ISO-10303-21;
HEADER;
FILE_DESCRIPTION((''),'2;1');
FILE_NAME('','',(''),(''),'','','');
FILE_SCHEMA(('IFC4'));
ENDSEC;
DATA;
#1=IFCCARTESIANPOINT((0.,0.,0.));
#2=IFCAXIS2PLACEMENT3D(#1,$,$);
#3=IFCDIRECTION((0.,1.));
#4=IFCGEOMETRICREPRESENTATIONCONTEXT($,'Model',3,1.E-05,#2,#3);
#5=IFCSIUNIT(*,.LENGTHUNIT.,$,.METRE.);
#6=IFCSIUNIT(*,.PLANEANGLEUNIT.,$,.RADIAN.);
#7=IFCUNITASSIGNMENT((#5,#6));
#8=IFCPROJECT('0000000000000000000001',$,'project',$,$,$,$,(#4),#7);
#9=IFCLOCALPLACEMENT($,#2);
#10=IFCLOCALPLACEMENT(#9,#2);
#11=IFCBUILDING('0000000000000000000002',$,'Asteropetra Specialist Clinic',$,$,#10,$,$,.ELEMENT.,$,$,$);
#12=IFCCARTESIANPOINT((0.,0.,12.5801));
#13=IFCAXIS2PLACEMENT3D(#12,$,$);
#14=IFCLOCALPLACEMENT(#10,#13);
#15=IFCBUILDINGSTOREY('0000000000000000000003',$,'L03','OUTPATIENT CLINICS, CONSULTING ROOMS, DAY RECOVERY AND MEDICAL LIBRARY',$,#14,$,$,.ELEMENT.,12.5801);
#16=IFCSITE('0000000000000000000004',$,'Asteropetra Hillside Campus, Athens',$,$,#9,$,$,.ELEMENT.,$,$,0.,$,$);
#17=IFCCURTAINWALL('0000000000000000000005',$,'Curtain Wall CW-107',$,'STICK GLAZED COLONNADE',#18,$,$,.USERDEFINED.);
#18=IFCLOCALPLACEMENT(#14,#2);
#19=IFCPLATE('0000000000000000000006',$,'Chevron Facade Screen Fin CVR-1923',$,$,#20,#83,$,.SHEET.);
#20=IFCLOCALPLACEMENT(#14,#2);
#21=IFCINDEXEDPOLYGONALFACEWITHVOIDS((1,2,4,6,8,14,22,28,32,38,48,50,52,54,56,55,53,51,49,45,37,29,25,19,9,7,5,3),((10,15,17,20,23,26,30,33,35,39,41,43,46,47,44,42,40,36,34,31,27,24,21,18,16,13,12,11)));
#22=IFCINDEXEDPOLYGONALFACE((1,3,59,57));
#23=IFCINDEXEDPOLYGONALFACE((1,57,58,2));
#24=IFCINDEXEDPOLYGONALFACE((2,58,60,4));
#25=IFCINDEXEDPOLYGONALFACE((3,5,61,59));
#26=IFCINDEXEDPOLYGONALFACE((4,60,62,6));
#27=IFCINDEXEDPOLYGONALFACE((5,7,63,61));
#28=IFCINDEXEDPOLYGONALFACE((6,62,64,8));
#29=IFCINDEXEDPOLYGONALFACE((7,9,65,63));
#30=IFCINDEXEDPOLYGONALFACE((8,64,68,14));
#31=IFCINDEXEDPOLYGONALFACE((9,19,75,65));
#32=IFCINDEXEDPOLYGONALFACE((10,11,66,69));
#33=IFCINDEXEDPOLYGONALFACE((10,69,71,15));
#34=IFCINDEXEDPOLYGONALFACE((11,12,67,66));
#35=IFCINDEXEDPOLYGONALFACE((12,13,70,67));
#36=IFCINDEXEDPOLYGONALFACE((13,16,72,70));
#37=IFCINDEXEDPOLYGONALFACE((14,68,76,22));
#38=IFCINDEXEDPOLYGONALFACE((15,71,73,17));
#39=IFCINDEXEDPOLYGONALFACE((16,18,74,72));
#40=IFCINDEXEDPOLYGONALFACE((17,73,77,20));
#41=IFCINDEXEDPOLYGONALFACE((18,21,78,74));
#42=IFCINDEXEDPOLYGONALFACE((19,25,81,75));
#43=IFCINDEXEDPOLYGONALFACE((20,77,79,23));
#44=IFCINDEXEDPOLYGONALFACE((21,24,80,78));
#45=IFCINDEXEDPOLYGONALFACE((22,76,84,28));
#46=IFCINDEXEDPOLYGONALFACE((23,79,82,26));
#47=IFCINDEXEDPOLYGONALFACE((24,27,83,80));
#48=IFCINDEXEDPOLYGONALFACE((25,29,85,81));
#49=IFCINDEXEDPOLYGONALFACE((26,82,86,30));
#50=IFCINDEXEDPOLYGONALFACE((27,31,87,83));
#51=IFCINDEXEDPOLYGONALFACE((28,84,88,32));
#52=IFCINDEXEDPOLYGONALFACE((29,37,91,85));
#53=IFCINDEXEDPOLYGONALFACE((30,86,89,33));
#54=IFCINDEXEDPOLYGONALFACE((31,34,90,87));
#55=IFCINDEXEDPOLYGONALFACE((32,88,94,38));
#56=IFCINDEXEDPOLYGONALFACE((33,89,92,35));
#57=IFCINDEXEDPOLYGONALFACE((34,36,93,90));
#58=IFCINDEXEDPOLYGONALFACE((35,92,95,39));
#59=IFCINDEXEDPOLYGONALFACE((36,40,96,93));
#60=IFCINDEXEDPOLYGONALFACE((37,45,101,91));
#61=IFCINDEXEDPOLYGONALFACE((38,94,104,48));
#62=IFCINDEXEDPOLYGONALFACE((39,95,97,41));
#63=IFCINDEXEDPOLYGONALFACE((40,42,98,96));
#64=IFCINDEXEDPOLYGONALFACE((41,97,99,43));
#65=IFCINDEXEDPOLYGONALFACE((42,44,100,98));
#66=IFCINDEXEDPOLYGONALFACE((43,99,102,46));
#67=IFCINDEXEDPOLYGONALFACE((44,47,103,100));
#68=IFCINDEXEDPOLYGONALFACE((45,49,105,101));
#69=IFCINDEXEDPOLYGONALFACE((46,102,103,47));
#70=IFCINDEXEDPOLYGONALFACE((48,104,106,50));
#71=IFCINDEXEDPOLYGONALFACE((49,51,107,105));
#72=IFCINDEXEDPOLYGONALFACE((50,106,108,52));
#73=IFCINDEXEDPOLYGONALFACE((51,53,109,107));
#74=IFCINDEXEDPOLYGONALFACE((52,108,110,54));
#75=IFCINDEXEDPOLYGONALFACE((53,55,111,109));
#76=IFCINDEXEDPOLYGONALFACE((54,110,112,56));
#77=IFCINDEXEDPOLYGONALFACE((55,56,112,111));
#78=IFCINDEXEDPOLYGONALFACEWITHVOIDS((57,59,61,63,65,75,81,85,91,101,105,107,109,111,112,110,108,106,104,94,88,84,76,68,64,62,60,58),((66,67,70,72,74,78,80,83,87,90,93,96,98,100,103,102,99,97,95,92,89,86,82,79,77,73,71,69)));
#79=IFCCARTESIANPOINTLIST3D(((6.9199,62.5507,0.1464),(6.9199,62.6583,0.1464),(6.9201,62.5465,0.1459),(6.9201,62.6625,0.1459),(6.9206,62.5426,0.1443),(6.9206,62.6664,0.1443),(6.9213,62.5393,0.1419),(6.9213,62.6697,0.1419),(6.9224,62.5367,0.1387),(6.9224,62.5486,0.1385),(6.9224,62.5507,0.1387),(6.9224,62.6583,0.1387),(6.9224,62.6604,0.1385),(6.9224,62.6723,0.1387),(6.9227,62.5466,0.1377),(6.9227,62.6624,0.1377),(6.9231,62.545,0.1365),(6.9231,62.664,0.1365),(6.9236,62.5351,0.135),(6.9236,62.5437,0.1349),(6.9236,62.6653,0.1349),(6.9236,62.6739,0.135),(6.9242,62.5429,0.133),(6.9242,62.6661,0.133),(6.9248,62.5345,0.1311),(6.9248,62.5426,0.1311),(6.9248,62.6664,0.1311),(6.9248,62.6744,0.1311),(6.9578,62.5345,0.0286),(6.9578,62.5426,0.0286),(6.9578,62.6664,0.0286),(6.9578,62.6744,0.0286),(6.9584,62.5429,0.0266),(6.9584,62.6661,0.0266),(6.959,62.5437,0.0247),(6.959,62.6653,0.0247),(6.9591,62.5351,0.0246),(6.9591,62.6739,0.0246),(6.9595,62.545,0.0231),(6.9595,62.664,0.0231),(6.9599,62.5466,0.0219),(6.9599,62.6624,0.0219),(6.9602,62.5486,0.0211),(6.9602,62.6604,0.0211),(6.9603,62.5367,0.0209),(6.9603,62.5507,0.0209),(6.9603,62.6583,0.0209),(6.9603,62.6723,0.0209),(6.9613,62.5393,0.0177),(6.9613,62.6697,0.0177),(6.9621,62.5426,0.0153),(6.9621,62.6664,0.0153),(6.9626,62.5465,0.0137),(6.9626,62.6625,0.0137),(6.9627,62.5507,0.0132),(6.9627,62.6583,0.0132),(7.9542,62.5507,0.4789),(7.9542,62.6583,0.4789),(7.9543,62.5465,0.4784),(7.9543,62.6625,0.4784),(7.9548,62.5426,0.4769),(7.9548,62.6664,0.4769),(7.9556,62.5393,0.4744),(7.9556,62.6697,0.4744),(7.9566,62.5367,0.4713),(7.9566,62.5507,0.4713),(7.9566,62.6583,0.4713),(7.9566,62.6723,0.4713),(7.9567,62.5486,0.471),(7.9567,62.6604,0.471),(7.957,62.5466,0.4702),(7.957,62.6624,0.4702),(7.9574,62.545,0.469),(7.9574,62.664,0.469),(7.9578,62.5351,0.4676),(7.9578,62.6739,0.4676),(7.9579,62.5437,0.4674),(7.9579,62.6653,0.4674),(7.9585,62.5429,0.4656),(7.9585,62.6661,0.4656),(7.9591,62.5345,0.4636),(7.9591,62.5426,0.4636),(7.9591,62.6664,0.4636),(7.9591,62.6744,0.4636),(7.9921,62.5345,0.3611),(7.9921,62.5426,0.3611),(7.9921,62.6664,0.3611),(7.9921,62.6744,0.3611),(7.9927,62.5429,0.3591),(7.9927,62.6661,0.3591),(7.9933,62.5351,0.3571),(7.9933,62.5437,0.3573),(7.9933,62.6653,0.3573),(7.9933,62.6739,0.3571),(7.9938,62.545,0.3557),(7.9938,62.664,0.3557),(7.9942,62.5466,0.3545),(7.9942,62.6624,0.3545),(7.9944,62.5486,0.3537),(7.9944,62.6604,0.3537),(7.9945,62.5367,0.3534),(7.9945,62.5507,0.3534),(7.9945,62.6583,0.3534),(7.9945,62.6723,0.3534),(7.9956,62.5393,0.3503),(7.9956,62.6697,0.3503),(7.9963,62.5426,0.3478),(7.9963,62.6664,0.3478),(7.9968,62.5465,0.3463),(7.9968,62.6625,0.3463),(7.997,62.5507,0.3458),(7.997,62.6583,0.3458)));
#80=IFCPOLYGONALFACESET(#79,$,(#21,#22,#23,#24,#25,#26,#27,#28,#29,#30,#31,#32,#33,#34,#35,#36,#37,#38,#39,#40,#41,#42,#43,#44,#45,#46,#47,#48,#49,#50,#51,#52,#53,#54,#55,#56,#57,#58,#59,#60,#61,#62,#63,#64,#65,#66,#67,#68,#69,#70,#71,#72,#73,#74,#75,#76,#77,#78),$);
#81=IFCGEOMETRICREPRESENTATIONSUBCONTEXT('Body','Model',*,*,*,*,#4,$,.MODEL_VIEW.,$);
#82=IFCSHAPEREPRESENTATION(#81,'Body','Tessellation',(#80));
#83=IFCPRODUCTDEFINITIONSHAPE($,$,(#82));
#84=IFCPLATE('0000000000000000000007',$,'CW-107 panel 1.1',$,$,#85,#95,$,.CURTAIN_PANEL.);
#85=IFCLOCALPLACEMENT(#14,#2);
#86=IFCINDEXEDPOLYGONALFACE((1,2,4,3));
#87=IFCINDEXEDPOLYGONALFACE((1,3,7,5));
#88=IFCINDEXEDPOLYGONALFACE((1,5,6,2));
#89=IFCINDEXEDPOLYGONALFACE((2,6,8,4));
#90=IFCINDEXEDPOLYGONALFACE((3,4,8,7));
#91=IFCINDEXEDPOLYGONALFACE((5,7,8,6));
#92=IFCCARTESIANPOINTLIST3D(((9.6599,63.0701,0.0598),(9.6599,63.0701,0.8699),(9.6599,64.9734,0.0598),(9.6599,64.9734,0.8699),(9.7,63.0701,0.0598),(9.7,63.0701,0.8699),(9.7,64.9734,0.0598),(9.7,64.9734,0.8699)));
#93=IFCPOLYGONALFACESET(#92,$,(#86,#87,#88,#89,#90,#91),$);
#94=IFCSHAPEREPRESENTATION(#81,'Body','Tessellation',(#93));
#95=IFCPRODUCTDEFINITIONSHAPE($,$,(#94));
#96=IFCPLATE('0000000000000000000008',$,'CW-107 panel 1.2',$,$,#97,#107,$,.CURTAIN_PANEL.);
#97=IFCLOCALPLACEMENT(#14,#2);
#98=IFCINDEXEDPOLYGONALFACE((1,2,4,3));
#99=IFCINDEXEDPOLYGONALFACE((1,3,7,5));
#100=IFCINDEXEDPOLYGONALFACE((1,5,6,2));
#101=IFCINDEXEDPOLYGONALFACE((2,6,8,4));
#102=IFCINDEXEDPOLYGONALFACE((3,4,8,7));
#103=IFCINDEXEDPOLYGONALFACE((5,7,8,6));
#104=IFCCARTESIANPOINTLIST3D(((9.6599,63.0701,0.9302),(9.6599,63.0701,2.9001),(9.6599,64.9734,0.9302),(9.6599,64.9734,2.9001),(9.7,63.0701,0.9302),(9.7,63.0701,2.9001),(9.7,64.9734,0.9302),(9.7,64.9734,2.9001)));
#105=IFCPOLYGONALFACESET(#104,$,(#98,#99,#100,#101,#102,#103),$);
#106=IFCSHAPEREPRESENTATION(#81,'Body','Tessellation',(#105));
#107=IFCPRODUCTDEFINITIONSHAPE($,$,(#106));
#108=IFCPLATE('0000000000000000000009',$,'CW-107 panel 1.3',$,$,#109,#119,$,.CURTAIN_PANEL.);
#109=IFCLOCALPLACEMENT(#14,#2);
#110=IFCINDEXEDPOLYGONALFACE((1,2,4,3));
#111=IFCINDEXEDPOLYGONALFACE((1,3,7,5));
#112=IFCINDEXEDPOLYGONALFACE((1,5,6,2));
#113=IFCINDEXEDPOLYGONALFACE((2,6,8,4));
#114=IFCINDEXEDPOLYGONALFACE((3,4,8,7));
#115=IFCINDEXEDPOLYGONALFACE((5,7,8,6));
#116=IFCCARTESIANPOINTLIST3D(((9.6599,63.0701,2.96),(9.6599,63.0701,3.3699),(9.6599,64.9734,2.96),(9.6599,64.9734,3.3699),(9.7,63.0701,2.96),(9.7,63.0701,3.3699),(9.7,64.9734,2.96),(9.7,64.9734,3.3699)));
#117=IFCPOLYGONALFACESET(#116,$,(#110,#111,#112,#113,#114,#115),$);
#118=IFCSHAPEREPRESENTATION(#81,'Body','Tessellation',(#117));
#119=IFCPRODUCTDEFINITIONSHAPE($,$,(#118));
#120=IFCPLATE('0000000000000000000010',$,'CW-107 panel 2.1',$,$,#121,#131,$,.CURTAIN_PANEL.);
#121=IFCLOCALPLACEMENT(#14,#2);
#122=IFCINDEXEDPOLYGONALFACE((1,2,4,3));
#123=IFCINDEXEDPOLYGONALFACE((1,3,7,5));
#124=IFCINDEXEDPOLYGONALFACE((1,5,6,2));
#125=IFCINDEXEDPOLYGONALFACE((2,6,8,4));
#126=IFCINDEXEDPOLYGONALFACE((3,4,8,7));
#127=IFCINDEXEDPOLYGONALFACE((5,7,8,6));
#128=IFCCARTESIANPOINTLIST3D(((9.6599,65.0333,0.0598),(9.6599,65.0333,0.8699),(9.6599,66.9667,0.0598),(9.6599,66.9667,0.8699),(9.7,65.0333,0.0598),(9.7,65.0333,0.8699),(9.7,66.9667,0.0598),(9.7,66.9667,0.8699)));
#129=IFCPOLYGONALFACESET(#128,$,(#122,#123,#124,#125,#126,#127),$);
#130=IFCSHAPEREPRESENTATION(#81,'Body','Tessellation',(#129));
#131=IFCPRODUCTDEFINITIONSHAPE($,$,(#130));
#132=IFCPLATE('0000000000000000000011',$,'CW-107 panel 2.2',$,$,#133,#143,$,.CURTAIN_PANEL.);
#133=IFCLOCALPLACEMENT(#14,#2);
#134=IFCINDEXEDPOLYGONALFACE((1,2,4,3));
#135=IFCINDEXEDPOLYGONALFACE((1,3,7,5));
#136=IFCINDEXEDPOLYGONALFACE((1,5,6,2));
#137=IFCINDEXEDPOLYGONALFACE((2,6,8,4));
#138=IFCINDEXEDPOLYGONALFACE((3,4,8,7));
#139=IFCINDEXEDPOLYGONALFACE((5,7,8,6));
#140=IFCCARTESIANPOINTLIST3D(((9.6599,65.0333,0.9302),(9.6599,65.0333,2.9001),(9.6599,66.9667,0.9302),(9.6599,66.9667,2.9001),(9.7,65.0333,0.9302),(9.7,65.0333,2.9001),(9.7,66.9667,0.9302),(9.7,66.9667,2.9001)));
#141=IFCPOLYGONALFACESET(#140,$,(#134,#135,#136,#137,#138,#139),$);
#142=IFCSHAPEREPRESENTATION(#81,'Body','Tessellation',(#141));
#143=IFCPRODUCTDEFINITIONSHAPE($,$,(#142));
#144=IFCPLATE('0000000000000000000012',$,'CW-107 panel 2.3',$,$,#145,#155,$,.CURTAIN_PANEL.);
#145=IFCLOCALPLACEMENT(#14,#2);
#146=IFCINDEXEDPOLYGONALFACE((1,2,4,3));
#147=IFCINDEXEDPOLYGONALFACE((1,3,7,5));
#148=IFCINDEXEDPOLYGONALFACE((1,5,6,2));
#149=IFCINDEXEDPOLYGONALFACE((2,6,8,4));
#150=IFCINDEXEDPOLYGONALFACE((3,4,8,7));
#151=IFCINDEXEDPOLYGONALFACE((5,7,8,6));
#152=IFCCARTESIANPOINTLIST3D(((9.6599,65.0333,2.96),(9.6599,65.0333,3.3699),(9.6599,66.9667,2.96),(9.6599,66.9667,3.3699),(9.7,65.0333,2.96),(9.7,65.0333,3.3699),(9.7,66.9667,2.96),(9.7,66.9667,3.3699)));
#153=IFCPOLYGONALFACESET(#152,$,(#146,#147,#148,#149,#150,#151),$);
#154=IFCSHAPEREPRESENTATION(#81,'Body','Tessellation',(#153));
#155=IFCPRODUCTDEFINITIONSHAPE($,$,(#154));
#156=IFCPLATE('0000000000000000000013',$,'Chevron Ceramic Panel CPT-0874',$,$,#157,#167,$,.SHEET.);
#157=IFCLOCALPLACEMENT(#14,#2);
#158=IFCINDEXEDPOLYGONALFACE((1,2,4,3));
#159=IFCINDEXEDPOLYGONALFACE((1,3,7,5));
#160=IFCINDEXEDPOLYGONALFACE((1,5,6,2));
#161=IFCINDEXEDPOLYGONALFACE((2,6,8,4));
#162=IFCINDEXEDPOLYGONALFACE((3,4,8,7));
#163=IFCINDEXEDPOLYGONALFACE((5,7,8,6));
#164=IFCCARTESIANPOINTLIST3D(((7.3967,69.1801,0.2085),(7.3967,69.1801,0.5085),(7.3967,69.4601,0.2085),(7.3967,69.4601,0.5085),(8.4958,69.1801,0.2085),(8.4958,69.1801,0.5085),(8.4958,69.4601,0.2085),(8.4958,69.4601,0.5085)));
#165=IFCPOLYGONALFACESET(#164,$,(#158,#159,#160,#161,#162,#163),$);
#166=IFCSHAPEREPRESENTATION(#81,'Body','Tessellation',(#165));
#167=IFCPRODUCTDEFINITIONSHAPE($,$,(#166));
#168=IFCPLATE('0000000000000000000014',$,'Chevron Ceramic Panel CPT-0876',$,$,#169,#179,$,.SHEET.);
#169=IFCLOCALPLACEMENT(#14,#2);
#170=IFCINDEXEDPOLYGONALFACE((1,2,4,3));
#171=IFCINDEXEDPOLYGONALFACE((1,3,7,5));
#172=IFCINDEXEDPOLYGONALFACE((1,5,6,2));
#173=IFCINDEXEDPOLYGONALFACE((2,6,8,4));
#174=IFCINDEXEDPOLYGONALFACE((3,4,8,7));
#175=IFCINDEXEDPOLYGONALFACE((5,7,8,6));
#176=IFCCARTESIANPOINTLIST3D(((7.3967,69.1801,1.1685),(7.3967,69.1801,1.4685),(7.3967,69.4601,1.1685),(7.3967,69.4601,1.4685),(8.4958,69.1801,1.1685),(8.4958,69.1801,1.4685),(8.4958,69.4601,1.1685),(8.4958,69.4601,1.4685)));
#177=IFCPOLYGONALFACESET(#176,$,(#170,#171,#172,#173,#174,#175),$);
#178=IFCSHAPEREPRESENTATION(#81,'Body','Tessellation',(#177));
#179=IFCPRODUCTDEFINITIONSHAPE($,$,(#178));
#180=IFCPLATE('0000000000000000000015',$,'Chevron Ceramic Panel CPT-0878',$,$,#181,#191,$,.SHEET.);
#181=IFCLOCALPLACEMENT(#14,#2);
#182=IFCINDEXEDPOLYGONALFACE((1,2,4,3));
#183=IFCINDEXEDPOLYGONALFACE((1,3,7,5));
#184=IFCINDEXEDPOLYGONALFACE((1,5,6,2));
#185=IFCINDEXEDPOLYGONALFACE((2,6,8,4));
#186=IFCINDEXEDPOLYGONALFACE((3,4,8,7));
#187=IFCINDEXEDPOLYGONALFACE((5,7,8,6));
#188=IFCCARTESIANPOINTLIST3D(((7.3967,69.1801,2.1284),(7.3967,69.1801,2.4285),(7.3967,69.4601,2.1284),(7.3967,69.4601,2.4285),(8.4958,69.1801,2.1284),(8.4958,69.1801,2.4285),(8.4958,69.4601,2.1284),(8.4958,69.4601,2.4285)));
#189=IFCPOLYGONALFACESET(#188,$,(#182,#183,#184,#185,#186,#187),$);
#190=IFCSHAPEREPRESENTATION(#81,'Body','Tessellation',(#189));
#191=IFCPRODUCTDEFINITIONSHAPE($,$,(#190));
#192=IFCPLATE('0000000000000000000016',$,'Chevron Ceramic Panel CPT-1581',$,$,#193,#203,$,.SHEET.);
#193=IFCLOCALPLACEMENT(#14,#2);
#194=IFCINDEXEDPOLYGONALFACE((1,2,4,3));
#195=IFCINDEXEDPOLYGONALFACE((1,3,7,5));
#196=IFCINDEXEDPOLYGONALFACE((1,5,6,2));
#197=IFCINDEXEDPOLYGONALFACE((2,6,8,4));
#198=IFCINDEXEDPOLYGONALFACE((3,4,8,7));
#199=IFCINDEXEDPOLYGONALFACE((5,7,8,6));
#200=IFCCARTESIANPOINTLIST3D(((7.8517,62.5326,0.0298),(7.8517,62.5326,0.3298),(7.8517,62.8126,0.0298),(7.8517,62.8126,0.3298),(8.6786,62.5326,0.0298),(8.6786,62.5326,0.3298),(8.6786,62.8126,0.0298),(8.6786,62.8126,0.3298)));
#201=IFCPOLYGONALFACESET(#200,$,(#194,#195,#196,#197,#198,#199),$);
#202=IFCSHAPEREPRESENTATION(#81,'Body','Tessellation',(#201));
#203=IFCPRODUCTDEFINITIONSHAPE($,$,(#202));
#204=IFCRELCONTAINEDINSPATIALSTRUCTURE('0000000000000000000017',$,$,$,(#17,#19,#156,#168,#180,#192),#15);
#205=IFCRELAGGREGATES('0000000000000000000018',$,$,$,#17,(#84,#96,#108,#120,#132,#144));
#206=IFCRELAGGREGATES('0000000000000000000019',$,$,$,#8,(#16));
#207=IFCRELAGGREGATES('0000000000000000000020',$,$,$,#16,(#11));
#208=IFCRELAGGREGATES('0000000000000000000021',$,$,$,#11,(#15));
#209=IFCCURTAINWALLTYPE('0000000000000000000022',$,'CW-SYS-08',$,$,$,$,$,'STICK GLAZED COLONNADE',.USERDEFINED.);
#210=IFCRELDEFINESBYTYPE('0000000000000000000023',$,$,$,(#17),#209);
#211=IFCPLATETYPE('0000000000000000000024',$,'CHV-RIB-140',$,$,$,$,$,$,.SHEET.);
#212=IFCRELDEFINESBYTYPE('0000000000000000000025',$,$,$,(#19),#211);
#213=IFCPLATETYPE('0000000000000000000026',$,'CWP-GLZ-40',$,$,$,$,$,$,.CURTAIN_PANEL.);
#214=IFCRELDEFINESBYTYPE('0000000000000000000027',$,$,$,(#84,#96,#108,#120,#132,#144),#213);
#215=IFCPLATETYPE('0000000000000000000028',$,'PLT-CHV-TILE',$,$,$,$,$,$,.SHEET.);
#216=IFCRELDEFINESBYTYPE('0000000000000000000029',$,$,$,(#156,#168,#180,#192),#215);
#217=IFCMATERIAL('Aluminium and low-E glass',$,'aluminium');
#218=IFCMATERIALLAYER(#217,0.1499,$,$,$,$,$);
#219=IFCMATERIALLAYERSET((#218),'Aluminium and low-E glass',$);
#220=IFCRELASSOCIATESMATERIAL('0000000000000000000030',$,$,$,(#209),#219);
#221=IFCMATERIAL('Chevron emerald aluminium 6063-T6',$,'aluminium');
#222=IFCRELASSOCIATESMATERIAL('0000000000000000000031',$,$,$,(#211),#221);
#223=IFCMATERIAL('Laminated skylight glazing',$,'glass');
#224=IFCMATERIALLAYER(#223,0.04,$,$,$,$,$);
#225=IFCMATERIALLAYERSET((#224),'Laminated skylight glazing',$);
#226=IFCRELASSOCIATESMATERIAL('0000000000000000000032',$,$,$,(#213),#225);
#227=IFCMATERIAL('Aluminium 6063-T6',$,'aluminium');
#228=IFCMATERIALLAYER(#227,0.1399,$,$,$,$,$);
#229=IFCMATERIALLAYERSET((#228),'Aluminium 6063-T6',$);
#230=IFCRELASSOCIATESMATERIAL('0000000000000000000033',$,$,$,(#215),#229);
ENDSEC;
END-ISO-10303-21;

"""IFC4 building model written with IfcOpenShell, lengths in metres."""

from ifc_helpers import new_model, si_unit, direction, frame, origin, origin_2d, place, context, subcontext, project, spatial, rectangle, hollow_rectangle, extrude, material, layer, layer_set, material_profile, profile_set, type_object, element, aggregate, save


model = new_model("IFC4")

# Units and contexts
model_context = context("Model", 3, precision=1e-05, world=origin(), true_north=direction((0.0, 1.0)))
body_context = subcontext(model_context, "Body", "Model", "MODEL_VIEW")
ifc_project = project(units=[si_unit("LENGTHUNIT", "METRE"), si_unit("PLANEANGLEUNIT", "RADIAN")], contexts=[model_context])

# Site, building, storey
site_placement = place(None, origin())
site = spatial("IfcSite", under=ifc_project, at=site_placement, Name="Asteropetra Hillside Campus, Athens", CompositionType="ELEMENT", RefElevation=0.0)
building_placement = place(site_placement, origin())
building = spatial("IfcBuilding", under=site, at=building_placement, Name="Asteropetra Specialist Clinic", CompositionType="ELEMENT")
storey_placement = place(building_placement, frame((0.0, 0.0, 12.5801)))
storey = spatial("IfcBuildingStorey", under=building, at=storey_placement, Name="L03", Description="OUTPATIENT CLINICS, CONSULTING ROOMS, DAY RECOVERY AND MEDICAL LIBRARY", CompositionType="ELEMENT", Elevation=12.5801)

# Curtain wall
ifc_material_1 = material(Name="Aluminium and low-E glass", Category="aluminium")
ifc_layer_1 = layer(ifc_material_1, 0.1499)
ifc_layer_set_1 = layer_set([ifc_layer_1], Name="Aluminium and low-E glass")
curtain_wall_type = type_object("IfcCurtainWallType", Name="CW-SYS-08", ElementType="STICK GLAZED COLONNADE", PredefinedType="USERDEFINED", material=ifc_layer_set_1)
curtain_wall_placement = place(storey_placement, origin())
curtain_wall = element("IfcCurtainWall", 1, at=curtain_wall_placement, inside=storey, type_object=curtain_wall_type, Name="Curtain Wall CW-107", ObjectType="STICK GLAZED COLONNADE", PredefinedType="USERDEFINED")

# Plate
ifc_material_2 = material(Name="Chevron emerald aluminium 6063-T6", Category="aluminium")
ifc_material_profile_1 = material_profile(ifc_material_2, hollow_rectangle(XDim=0.1399, YDim=0.1399, WallThickness=0.0081, InnerFilletRadius=0.0081, OuterFilletRadius=0.0161, at=origin_2d()), Name="SHS 140x140x8.0")
ifc_profile_set_1 = profile_set([ifc_material_profile_1], Name="Chevron emerald aluminium 6063-T6")
plate_type_1 = type_object("IfcPlateType", Name="CHV-RIB-140", PredefinedType="SHEET", material=ifc_profile_set_1)
plate_1_placement = place(storey_placement, frame((7.9756, 62.6045, 0.4124), z_axis=(-0.952, 0.0, -0.306096), x_axis=(0.0, -1.0, 0.0)))
element("IfcPlate", 2, at=plate_1_placement, inside=storey, type_object=plate_type_1, Name="Chevron Facade Screen Fin CVR-1923", PredefinedType="SHEET", context=body_context, shape_type="SweptSolid", body=[
    extrude(hollow_rectangle(XDim=0.1399, YDim=0.1399, WallThickness=0.0081, InnerFilletRadius=0.0081, OuterFilletRadius=0.0161, at=origin_2d()), origin(), (0.0, 0.0, 1.0), 1.0864),
])

# Plates
ifc_material_3 = material(Name="Laminated skylight glazing", Category="glass")
ifc_layer_2 = layer(ifc_material_3, 0.04)
ifc_layer_set_2 = layer_set([ifc_layer_2], Name="Laminated skylight glazing")
plate_type_2 = type_object("IfcPlateType", Name="CWP-GLZ-40", PredefinedType="CURTAIN_PANEL", material=ifc_layer_set_2)
plate_2_placement = place(storey_placement, frame((9.6799, 64.0217, 0.0598), z_axis=(0.0, 0.0, 1.0), x_axis=(0.0, 1.0, 0.0)))
plate_2 = element("IfcPlate", 3, at=plate_2_placement, type_object=plate_type_2, Name="CW-107 panel 1.1", PredefinedType="CURTAIN_PANEL", context=body_context, shape_type="SweptSolid", body=[
    extrude(rectangle(XDim=1.9033, YDim=0.04, at=origin_2d()), origin(), (0.0, 0.0, 1.0), 0.8101),
])
plate_3_placement = place(storey_placement, frame((9.6799, 64.0217, 0.9302), z_axis=(0.0, 0.0, 1.0), x_axis=(0.0, 1.0, 0.0)))
plate_3 = element("IfcPlate", 4, at=plate_3_placement, type_object=plate_type_2, Name="CW-107 panel 1.2", PredefinedType="CURTAIN_PANEL", context=body_context, shape_type="SweptSolid", body=[
    extrude(rectangle(XDim=1.9033, YDim=0.04, at=origin_2d()), origin(), (0.0, 0.0, 1.0), 1.97),
])
plate_4_placement = place(storey_placement, frame((9.6799, 64.0217, 2.96), z_axis=(0.0, 0.0, 1.0), x_axis=(0.0, 1.0, 0.0)))
plate_4 = element("IfcPlate", 5, at=plate_4_placement, type_object=plate_type_2, Name="CW-107 panel 1.3", PredefinedType="CURTAIN_PANEL", context=body_context, shape_type="SweptSolid", body=[
    extrude(rectangle(XDim=1.9033, YDim=0.04, at=origin_2d()), origin(), (0.0, 0.0, 1.0), 0.4099),
])
plate_5_placement = place(storey_placement, frame((9.6799, 66.0, 0.0598), z_axis=(0.0, 0.0, 1.0), x_axis=(0.0, 1.0, 0.0)))
plate_5 = element("IfcPlate", 6, at=plate_5_placement, type_object=plate_type_2, Name="CW-107 panel 2.1", PredefinedType="CURTAIN_PANEL", context=body_context, shape_type="SweptSolid", body=[
    extrude(rectangle(XDim=1.9333, YDim=0.04, at=origin_2d()), origin(), (0.0, 0.0, 1.0), 0.8101),
])
plate_6_placement = place(storey_placement, frame((9.6799, 66.0, 0.9302), z_axis=(0.0, 0.0, 1.0), x_axis=(0.0, 1.0, 0.0)))
plate_6 = element("IfcPlate", 7, at=plate_6_placement, type_object=plate_type_2, Name="CW-107 panel 2.2", PredefinedType="CURTAIN_PANEL", context=body_context, shape_type="SweptSolid", body=[
    extrude(rectangle(XDim=1.9333, YDim=0.04, at=origin_2d()), origin(), (0.0, 0.0, 1.0), 1.97),
])
plate_7_placement = place(storey_placement, frame((9.6799, 66.0, 2.96), z_axis=(0.0, 0.0, 1.0), x_axis=(0.0, 1.0, 0.0)))
plate_7 = element("IfcPlate", 8, at=plate_7_placement, type_object=plate_type_2, Name="CW-107 panel 2.3", PredefinedType="CURTAIN_PANEL", context=body_context, shape_type="SweptSolid", body=[
    extrude(rectangle(XDim=1.9333, YDim=0.04, at=origin_2d()), origin(), (0.0, 0.0, 1.0), 0.4099),
])
aggregate(curtain_wall, [plate_2, plate_3, plate_4, plate_5, plate_6, plate_7])

# Plates
ifc_material_4 = material(Name="Aluminium 6063-T6", Category="aluminium")
ifc_layer_3 = layer(ifc_material_4, 0.1399)
ifc_layer_set_3 = layer_set([ifc_layer_3], Name="Aluminium 6063-T6")
plate_type_3 = type_object("IfcPlateType", Name="PLT-CHV-TILE", PredefinedType="SHEET", material=ifc_layer_set_3)
for number, where, z_axis, x_axis, name in (
    (9, (7.9463, 69.3201, 0.2085), (0.0, 0.0, 1.0), (1.0, 0.0, 0.0), "Chevron Ceramic Panel CPT-0874"),
    (10, (7.9463, 69.3201, 1.1685), (0.0, 0.0, 1.0), (1.0, 0.0, 0.0), "Chevron Ceramic Panel CPT-0876"),
    (11, (7.9463, 69.3201, 2.1284), (0.0, 0.0, 1.0), (1.0, 0.0, 0.0), "Chevron Ceramic Panel CPT-0878"),
):
    element("IfcPlate", number, at=place(storey_placement, frame(where, z_axis=z_axis, x_axis=x_axis)), inside=storey, type_object=plate_type_3, Name=name, PredefinedType="SHEET", context=body_context, shape_type="SweptSolid", body=[
        extrude(rectangle(XDim=1.0991, YDim=0.28, at=origin_2d()), origin(), (0.0, 0.0, 1.0), 0.3),
    ])
plate_8_placement = place(storey_placement, frame((8.2651, 62.6726, 0.0298), z_axis=(0.0, 0.0, 1.0), x_axis=(1.0, 0.0, 0.0)))
element("IfcPlate", 12, at=plate_8_placement, inside=storey, type_object=plate_type_3, Name="Chevron Ceramic Panel CPT-1581", PredefinedType="SHEET", context=body_context, shape_type="SweptSolid", body=[
    extrude(rectangle(XDim=0.8269, YDim=0.28, at=origin_2d()), origin(), (0.0, 0.0, 1.0), 0.3),
])

save(model, "model.ifc")
